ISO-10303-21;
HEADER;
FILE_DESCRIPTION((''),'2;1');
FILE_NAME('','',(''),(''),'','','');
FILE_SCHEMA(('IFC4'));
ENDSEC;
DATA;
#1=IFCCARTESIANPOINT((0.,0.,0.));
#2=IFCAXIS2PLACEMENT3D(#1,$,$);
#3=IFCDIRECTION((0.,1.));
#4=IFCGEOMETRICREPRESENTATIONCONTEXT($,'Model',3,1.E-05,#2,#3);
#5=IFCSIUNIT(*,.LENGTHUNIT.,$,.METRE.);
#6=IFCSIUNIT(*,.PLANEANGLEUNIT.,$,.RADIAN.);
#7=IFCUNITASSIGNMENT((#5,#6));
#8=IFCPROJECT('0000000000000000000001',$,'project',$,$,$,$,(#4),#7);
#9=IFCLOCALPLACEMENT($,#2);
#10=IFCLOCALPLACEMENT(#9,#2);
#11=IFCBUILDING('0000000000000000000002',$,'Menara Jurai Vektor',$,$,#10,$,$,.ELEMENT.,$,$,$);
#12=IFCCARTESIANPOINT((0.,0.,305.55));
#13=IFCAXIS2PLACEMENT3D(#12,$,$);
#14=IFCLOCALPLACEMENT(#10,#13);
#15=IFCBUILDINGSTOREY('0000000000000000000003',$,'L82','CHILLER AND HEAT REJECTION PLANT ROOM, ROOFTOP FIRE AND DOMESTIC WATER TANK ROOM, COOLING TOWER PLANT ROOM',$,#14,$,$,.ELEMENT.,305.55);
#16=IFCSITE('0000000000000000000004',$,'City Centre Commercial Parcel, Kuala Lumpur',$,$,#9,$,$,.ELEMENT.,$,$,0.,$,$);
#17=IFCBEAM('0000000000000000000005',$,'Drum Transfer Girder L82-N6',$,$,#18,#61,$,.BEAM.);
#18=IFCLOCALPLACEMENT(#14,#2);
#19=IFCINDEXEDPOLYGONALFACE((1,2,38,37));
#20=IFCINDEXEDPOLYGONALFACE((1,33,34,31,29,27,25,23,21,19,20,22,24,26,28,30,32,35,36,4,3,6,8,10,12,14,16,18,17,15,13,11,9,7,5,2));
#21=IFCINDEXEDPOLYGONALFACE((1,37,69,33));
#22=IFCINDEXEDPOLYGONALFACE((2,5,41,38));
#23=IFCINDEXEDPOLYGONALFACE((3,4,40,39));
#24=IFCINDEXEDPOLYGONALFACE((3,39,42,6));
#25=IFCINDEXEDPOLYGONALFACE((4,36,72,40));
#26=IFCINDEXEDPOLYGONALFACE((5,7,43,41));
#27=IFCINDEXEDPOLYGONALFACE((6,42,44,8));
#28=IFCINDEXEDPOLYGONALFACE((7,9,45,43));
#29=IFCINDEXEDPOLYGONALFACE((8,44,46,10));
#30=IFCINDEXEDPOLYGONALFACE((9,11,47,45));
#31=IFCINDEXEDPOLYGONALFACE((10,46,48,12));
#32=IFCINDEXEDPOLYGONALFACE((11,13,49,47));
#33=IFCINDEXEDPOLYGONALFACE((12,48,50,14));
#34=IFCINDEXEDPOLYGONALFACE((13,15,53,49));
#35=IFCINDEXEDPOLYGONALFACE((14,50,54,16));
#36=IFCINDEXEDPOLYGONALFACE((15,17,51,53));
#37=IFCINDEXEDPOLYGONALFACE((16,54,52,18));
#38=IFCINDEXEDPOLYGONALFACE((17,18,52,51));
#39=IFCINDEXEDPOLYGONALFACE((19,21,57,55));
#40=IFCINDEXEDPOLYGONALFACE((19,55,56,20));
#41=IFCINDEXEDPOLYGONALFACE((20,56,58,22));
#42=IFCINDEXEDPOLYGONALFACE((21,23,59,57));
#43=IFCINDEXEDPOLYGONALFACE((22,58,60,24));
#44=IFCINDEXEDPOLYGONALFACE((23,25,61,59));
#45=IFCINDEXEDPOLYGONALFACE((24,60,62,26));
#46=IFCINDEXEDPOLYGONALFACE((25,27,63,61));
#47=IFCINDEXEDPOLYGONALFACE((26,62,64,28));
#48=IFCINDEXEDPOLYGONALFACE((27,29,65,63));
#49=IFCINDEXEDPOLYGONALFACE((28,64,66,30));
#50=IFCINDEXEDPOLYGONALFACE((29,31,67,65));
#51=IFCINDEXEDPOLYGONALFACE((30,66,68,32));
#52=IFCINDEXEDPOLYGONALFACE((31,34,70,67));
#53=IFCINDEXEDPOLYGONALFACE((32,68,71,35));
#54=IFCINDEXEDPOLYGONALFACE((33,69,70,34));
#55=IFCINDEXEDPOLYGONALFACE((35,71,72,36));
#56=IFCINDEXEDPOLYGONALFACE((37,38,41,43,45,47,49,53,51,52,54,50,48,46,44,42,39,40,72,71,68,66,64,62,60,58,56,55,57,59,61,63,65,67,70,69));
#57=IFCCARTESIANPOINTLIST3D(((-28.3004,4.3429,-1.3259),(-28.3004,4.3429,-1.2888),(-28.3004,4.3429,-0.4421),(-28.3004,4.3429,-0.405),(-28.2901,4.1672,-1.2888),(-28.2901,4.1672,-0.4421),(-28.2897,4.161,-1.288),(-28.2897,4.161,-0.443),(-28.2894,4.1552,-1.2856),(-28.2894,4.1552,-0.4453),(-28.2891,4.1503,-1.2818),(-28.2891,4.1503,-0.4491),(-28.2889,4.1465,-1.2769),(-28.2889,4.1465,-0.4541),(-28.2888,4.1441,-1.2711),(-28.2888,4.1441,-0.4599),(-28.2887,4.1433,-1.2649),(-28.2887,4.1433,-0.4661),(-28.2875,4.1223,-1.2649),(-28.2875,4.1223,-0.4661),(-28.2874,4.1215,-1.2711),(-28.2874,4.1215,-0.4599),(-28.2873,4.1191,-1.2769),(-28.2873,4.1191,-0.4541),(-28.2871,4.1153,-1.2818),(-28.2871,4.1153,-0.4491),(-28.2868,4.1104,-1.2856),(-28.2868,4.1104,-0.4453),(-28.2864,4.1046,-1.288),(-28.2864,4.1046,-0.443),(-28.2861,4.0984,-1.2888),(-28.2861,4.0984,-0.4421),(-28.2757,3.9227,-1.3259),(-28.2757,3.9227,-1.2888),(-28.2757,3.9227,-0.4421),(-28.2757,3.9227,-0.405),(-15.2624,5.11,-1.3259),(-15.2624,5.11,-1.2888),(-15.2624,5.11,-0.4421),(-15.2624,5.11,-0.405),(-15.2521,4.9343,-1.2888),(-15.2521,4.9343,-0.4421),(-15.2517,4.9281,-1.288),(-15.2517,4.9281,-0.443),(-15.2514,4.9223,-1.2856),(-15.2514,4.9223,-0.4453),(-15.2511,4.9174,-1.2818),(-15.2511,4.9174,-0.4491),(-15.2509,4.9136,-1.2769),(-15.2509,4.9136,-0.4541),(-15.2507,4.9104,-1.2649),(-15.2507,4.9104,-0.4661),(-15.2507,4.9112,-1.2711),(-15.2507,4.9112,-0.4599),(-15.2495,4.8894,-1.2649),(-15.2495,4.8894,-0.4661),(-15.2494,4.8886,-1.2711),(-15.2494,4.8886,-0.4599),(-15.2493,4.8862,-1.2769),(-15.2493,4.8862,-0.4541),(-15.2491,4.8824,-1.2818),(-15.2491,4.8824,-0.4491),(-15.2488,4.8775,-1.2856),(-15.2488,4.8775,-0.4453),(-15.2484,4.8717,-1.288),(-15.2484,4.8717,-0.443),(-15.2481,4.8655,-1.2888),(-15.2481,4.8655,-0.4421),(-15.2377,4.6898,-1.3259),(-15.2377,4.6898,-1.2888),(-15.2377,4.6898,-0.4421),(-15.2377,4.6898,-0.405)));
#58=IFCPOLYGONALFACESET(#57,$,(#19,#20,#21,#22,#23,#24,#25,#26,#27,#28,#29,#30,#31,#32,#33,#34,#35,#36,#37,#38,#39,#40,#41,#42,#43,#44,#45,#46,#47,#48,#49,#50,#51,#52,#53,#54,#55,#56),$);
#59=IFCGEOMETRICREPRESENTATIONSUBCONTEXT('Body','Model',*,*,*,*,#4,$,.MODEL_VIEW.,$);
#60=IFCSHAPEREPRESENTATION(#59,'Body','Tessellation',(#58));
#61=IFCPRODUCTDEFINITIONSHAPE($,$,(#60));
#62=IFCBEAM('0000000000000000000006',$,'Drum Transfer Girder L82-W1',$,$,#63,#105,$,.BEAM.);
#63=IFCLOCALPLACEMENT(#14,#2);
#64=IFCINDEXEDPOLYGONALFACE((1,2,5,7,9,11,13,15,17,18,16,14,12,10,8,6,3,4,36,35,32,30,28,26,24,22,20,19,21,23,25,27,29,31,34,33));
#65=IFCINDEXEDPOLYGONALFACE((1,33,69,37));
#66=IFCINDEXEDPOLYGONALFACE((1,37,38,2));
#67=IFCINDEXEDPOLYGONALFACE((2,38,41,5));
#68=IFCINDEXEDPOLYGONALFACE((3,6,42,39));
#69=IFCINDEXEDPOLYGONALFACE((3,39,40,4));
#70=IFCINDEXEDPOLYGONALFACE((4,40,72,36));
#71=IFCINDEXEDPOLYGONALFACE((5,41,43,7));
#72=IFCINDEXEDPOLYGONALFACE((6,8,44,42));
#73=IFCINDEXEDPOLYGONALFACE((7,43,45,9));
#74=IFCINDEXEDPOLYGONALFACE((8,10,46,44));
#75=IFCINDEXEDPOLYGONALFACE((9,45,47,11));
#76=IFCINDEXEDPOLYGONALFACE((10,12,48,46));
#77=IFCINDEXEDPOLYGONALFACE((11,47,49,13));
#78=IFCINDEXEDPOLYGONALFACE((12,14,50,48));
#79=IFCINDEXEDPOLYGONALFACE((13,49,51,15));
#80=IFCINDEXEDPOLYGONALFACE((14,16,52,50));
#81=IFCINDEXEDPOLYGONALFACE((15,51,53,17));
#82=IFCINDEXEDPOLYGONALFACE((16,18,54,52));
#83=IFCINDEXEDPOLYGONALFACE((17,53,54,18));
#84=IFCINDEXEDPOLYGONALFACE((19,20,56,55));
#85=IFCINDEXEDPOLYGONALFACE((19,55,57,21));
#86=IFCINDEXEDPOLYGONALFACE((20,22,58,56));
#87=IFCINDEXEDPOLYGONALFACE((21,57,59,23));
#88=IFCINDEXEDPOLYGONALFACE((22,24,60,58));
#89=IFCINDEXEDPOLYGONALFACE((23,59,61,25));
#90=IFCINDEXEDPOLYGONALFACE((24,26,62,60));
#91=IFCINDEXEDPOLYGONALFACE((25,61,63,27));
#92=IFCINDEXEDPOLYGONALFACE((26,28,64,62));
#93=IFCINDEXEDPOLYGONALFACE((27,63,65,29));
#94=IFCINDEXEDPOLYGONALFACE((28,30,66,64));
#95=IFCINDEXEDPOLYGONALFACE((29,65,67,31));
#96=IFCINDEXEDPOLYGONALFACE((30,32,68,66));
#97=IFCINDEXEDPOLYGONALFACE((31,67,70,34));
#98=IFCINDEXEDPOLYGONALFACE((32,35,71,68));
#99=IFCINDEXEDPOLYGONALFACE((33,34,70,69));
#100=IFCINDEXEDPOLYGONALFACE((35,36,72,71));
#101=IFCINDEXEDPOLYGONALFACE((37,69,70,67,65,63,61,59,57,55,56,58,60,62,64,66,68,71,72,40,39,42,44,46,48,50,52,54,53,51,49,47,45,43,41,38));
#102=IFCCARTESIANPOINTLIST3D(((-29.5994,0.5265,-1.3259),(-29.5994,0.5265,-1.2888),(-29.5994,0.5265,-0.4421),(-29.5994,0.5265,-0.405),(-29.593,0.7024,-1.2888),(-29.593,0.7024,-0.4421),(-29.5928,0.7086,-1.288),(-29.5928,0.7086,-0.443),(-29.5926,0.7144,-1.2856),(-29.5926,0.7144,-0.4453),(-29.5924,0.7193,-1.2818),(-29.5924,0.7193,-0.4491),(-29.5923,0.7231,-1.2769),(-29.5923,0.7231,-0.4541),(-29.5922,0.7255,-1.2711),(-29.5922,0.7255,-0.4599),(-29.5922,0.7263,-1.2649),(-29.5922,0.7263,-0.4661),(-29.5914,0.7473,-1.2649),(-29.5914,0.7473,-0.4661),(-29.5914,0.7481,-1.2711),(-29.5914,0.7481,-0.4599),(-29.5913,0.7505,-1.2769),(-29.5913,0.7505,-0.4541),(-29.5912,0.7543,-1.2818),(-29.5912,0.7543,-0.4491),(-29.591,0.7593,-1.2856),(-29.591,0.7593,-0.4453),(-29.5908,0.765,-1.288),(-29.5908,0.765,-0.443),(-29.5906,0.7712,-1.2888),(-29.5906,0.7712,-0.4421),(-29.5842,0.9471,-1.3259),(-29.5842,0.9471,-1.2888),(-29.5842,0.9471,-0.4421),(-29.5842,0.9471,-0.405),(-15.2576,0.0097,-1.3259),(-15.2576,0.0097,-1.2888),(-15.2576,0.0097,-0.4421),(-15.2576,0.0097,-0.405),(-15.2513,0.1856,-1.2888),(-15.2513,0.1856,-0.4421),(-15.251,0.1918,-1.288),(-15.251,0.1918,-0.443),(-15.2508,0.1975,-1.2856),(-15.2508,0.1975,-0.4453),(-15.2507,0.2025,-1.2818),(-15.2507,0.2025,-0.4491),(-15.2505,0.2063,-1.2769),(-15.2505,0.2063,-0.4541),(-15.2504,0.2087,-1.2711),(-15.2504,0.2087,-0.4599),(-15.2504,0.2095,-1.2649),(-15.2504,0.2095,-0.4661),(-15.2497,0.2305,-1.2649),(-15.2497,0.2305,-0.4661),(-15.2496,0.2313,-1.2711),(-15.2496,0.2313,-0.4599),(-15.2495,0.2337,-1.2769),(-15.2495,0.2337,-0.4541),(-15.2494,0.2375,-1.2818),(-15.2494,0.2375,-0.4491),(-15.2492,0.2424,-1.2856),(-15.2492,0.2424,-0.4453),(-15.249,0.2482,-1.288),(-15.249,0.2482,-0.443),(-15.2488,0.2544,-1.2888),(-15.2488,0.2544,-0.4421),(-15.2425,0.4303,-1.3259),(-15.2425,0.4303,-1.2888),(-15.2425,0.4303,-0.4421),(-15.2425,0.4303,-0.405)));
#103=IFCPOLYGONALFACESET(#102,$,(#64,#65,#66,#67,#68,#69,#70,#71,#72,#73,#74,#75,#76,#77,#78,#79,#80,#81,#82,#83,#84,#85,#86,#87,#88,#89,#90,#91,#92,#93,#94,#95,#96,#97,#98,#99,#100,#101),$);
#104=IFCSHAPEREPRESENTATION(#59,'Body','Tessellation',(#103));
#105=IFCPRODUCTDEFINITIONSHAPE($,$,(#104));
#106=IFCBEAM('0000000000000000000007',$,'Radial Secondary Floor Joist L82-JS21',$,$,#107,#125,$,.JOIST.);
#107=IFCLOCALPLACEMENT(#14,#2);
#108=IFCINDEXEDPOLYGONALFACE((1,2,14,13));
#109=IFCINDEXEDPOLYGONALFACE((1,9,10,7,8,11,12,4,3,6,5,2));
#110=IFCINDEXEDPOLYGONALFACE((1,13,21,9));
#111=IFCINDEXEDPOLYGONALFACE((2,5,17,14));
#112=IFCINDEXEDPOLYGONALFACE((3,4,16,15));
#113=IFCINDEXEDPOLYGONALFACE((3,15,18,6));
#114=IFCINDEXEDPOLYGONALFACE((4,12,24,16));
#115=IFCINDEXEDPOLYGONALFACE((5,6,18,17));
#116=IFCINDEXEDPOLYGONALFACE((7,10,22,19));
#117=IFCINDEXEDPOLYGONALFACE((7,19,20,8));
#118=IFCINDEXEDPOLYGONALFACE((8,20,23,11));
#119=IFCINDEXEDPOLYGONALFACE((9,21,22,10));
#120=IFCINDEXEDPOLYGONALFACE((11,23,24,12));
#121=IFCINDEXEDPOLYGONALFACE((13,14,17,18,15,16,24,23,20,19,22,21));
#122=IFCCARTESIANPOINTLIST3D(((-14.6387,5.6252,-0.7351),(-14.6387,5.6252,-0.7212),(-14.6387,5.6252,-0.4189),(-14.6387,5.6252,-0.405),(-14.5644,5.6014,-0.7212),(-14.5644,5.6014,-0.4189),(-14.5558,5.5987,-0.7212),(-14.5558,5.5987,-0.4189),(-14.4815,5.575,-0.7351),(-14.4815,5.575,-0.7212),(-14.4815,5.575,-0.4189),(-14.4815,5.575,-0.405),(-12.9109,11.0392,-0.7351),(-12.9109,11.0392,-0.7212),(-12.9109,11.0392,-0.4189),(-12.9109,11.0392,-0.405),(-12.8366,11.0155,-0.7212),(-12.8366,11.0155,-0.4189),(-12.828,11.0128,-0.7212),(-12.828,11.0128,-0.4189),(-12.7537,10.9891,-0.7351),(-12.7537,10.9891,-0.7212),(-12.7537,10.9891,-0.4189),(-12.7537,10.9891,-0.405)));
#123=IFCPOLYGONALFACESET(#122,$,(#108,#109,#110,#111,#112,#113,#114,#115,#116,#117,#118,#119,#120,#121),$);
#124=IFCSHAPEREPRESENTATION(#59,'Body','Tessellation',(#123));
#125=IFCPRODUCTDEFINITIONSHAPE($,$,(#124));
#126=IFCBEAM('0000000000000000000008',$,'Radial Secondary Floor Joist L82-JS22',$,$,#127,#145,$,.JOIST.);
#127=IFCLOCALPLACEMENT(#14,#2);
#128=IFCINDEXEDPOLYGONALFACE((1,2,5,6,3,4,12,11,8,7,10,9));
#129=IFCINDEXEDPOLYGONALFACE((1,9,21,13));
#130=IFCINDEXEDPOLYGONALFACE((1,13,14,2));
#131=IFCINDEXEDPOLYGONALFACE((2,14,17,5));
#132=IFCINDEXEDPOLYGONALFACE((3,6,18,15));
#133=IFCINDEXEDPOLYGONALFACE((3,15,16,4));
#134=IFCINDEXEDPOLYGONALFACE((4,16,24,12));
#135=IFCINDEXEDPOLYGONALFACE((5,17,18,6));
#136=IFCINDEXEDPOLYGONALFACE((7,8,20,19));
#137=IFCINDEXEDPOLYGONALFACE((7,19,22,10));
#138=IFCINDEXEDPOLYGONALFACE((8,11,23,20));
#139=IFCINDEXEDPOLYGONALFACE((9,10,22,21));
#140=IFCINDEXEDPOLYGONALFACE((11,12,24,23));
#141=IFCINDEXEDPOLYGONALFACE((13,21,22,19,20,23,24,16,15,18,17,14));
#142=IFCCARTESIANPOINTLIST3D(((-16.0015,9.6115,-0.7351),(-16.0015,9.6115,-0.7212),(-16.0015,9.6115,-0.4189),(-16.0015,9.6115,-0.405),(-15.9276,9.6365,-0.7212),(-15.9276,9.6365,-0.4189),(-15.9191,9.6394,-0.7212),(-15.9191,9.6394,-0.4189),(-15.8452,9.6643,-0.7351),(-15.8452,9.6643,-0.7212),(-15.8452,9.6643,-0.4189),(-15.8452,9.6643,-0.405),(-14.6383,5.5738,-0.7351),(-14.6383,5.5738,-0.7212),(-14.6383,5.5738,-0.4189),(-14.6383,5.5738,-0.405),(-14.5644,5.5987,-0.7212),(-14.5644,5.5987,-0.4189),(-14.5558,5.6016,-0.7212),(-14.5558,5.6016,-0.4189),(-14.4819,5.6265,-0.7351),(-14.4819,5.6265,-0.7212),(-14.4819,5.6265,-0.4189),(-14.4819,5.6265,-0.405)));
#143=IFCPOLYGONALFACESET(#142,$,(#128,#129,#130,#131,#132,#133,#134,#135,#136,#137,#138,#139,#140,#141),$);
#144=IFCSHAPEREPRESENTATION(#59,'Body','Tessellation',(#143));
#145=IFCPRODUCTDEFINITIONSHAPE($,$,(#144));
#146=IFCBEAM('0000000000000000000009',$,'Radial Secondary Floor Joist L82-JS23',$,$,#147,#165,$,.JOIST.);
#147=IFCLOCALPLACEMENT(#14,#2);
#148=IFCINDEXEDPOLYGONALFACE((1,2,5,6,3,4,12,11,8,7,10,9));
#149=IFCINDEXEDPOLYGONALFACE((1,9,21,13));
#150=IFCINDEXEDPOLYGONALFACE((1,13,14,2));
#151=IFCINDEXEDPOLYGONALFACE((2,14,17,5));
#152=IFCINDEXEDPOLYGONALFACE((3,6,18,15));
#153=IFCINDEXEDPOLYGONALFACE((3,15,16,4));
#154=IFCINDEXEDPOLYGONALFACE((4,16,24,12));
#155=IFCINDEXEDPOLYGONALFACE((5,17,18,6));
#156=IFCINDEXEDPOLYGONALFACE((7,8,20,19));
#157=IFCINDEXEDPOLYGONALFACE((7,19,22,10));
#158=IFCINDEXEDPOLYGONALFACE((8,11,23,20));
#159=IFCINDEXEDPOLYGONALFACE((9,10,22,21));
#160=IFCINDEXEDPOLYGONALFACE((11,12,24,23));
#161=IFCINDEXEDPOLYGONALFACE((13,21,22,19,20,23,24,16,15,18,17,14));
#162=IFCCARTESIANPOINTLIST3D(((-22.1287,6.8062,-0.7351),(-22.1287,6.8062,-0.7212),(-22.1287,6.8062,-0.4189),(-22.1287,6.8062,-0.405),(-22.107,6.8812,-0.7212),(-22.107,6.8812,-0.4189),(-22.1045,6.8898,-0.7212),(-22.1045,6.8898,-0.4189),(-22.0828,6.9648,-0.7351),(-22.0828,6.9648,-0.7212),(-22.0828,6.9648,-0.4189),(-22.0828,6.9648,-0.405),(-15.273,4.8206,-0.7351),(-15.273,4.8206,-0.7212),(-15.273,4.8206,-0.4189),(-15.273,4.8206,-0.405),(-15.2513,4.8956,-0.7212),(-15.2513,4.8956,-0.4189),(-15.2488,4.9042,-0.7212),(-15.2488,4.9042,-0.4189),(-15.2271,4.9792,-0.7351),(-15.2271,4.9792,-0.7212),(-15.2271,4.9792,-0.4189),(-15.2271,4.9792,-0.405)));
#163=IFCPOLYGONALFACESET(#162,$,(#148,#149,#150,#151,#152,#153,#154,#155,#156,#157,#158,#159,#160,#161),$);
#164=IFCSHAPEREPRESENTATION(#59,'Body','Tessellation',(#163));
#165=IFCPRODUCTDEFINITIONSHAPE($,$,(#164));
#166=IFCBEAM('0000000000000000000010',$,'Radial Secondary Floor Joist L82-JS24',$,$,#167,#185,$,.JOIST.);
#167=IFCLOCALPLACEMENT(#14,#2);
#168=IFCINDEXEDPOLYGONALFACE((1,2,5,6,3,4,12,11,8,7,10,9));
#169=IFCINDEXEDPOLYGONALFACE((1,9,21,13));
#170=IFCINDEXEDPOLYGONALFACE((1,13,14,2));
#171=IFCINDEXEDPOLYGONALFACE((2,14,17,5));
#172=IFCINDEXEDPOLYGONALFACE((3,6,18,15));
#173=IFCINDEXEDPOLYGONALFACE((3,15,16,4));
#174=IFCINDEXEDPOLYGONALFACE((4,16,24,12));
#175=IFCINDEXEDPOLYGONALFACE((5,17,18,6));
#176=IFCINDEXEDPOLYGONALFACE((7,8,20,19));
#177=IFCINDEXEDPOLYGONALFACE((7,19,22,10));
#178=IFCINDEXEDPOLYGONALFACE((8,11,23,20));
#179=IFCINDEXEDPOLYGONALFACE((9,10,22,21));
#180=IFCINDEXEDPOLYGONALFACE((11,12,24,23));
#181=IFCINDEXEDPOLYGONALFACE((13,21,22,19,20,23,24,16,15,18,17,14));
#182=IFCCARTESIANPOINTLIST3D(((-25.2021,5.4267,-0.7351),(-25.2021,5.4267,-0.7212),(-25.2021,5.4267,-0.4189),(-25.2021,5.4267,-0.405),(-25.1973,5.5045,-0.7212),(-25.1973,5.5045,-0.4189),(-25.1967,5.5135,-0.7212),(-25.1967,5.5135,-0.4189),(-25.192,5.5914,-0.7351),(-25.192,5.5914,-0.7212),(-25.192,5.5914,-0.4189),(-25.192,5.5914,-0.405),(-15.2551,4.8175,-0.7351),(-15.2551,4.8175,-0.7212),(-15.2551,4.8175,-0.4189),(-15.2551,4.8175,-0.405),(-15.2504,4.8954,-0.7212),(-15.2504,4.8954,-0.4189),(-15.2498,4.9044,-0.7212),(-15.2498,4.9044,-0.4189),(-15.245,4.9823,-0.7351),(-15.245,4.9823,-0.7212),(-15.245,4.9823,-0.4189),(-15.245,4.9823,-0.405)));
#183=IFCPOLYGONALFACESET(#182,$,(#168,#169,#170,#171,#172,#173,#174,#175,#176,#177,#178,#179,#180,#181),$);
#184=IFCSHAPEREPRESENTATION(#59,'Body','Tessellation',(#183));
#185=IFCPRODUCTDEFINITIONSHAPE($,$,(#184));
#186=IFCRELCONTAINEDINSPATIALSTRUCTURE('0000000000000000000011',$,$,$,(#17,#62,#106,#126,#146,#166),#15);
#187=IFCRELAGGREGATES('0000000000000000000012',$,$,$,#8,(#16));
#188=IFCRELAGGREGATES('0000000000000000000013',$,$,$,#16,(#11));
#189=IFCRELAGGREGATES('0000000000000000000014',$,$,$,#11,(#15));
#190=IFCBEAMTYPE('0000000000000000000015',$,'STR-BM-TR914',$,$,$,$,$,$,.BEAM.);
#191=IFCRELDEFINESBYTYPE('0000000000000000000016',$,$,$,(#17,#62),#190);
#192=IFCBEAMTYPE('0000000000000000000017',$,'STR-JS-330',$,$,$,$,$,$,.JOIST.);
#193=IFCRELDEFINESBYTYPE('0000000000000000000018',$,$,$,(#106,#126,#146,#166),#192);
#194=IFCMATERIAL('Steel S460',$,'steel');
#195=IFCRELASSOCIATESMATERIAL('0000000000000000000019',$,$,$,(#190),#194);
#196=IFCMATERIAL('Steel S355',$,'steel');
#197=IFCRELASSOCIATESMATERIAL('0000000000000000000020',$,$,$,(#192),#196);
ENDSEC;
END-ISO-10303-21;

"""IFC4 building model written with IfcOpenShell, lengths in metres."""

from ifc_helpers import new_model, si_unit, direction, frame, origin, origin_2d, place, context, subcontext, project, spatial, i_section, extrude, material, material_profile, profile_set, type_object, element, save


model = new_model("IFC4")

# Units and contexts
model_context = context("Model", 3, precision=1e-05, world=origin(), true_north=direction((0.0, 1.0)))
body_context = subcontext(model_context, "Body", "Model", "MODEL_VIEW")
ifc_project = project(units=[si_unit("LENGTHUNIT", "METRE"), si_unit("PLANEANGLEUNIT", "RADIAN")], contexts=[model_context])

# Site, building, storey
site_placement = place(None, origin())
site = spatial("IfcSite", under=ifc_project, at=site_placement, Name="City Centre Commercial Parcel, Kuala Lumpur", CompositionType="ELEMENT", RefElevation=0.0)
building_placement = place(site_placement, origin())
building = spatial("IfcBuilding", under=site, at=building_placement, Name="Menara Jurai Vektor", CompositionType="ELEMENT")
storey_placement = place(building_placement, frame((0.0, 0.0, 305.55)))
storey = spatial("IfcBuildingStorey", under=building, at=storey_placement, Name="L82", Description="CHILLER AND HEAT REJECTION PLANT ROOM, ROOFTOP FIRE AND DOMESTIC WATER TANK ROOM, COOLING TOWER PLANT ROOM", CompositionType="ELEMENT", Elevation=305.55)

# Shared definitions
ifc_material_1 = material(Name="Steel S460", Category="steel")

# Beams
ifc_material_profile_1 = material_profile(ifc_material_1, i_section(OverallWidth=0.4209, OverallDepth=0.9209, WebThickness=0.021, FlangeThickness=0.0371, FilletRadius=0.0239, at=origin_2d()), Name="UKB 914x419x388")
ifc_profile_set_1 = profile_set([ifc_material_profile_1], Name="Steel S460")
beam_type_1 = type_object("IfcBeamType", Name="STR-BM-TR914", PredefinedType="BEAM", material=ifc_profile_set_1)
beam_1_placement = place(storey_placement, frame((-28.2881, 4.1328, -0.8655), z_axis=(0.998274, 0.058733, 0.0), x_axis=(-0.058733, 0.998274, 0.0)))
element("IfcBeam", 1, at=beam_1_placement, inside=storey, type_object=beam_type_1, Name="Drum Transfer Girder L82-N6", PredefinedType="BEAM", context=body_context, shape_type="SweptSolid", body=[
    extrude(i_section(OverallWidth=0.4209, OverallDepth=0.9209, WebThickness=0.021, FlangeThickness=0.0371, FilletRadius=0.0239, at=origin_2d()), origin(), (0.0, 0.0, 1.0), 13.0605),
])
beam_2_placement = place(storey_placement, frame((-29.5918, 0.7368, -0.8655), z_axis=(0.999351, -0.036014, 0.0), x_axis=(0.036014, 0.999351, 0.0)))
element("IfcBeam", 2, at=beam_2_placement, inside=storey, type_object=beam_type_1, Name="Drum Transfer Girder L82-W1", PredefinedType="BEAM", context=body_context, shape_type="SweptSolid", body=[
    extrude(i_section(OverallWidth=0.4209, OverallDepth=0.9209, WebThickness=0.021, FlangeThickness=0.0371, FilletRadius=0.0239, at=origin_2d()), origin(), (0.0, 0.0, 1.0), 14.3511),
])
ifc_material_2 = material(Name="Steel S355", Category="steel")
ifc_material_profile_2 = material_profile(ifc_material_2, i_section(OverallWidth=0.165, OverallDepth=0.3301, WebThickness=0.009, FlangeThickness=0.0139, at=origin_2d()), Name="PG 330x165x46")
ifc_profile_set_2 = profile_set([ifc_material_profile_2], Name="Steel S355")
beam_type_2 = type_object("IfcBeamType", Name="STR-JS-330", PredefinedType="JOIST", material=ifc_profile_set_2)
beam_3_placement = place(storey_placement, frame((-12.8323, 11.0142, -0.5701), z_axis=(-0.304023, -0.952665, 0.0), x_axis=(0.952665, -0.304023, 0.0)))
element("IfcBeam", 3, at=beam_3_placement, inside=storey, type_object=beam_type_2, Name="Radial Secondary Floor Joist L82-JS21", PredefinedType="JOIST", context=body_context, shape_type="SweptSolid", body=[
    extrude(i_section(OverallWidth=0.165, OverallDepth=0.3301, WebThickness=0.009, FlangeThickness=0.0139, at=origin_2d()), origin(), (0.0, 0.0, 1.0), 5.6831),
])
beam_4_placement = place(storey_placement, frame((-15.9233, 9.6379, -0.5701), z_axis=(0.319886, -0.947456, 0.0), x_axis=(0.947456, 0.319886, 0.0)))
element("IfcBeam", 4, at=beam_4_placement, inside=storey, type_object=beam_type_2, Name="Radial Secondary Floor Joist L82-JS22", PredefinedType="JOIST", context=body_context, shape_type="SweptSolid", body=[
    extrude(i_section(OverallWidth=0.165, OverallDepth=0.3301, WebThickness=0.009, FlangeThickness=0.0139, at=origin_2d()), origin(), (0.0, 0.0, 1.0), 4.2617),
])
beam_5_placement = place(storey_placement, frame((-22.1057, 6.8855, -0.5701), z_axis=(0.960525, -0.278193, 0.0), x_axis=(0.278193, 0.960525, 0.0)))
element("IfcBeam", 5, at=beam_5_placement, inside=storey, type_object=beam_type_2, Name="Radial Secondary Floor Joist L82-JS23", PredefinedType="JOIST", context=body_context, shape_type="SweptSolid", body=[
    extrude(i_section(OverallWidth=0.165, OverallDepth=0.3301, WebThickness=0.009, FlangeThickness=0.0139, at=origin_2d()), origin(), (0.0, 0.0, 1.0), 7.1375),
])
beam_6_placement = place(storey_placement, frame((-25.197, 5.509, -0.5701), z_axis=(0.99813, -0.061123, 0.0), x_axis=(0.061123, 0.99813, 0.0)))
element("IfcBeam", 6, at=beam_6_placement, inside=storey, type_object=beam_type_2, Name="Radial Secondary Floor Joist L82-JS24", PredefinedType="JOIST", context=body_context, shape_type="SweptSolid", body=[
    extrude(i_section(OverallWidth=0.165, OverallDepth=0.3301, WebThickness=0.009, FlangeThickness=0.0139, at=origin_2d()), origin(), (0.0, 0.0, 1.0), 9.9656),
])

save(model, "model.ifc")
